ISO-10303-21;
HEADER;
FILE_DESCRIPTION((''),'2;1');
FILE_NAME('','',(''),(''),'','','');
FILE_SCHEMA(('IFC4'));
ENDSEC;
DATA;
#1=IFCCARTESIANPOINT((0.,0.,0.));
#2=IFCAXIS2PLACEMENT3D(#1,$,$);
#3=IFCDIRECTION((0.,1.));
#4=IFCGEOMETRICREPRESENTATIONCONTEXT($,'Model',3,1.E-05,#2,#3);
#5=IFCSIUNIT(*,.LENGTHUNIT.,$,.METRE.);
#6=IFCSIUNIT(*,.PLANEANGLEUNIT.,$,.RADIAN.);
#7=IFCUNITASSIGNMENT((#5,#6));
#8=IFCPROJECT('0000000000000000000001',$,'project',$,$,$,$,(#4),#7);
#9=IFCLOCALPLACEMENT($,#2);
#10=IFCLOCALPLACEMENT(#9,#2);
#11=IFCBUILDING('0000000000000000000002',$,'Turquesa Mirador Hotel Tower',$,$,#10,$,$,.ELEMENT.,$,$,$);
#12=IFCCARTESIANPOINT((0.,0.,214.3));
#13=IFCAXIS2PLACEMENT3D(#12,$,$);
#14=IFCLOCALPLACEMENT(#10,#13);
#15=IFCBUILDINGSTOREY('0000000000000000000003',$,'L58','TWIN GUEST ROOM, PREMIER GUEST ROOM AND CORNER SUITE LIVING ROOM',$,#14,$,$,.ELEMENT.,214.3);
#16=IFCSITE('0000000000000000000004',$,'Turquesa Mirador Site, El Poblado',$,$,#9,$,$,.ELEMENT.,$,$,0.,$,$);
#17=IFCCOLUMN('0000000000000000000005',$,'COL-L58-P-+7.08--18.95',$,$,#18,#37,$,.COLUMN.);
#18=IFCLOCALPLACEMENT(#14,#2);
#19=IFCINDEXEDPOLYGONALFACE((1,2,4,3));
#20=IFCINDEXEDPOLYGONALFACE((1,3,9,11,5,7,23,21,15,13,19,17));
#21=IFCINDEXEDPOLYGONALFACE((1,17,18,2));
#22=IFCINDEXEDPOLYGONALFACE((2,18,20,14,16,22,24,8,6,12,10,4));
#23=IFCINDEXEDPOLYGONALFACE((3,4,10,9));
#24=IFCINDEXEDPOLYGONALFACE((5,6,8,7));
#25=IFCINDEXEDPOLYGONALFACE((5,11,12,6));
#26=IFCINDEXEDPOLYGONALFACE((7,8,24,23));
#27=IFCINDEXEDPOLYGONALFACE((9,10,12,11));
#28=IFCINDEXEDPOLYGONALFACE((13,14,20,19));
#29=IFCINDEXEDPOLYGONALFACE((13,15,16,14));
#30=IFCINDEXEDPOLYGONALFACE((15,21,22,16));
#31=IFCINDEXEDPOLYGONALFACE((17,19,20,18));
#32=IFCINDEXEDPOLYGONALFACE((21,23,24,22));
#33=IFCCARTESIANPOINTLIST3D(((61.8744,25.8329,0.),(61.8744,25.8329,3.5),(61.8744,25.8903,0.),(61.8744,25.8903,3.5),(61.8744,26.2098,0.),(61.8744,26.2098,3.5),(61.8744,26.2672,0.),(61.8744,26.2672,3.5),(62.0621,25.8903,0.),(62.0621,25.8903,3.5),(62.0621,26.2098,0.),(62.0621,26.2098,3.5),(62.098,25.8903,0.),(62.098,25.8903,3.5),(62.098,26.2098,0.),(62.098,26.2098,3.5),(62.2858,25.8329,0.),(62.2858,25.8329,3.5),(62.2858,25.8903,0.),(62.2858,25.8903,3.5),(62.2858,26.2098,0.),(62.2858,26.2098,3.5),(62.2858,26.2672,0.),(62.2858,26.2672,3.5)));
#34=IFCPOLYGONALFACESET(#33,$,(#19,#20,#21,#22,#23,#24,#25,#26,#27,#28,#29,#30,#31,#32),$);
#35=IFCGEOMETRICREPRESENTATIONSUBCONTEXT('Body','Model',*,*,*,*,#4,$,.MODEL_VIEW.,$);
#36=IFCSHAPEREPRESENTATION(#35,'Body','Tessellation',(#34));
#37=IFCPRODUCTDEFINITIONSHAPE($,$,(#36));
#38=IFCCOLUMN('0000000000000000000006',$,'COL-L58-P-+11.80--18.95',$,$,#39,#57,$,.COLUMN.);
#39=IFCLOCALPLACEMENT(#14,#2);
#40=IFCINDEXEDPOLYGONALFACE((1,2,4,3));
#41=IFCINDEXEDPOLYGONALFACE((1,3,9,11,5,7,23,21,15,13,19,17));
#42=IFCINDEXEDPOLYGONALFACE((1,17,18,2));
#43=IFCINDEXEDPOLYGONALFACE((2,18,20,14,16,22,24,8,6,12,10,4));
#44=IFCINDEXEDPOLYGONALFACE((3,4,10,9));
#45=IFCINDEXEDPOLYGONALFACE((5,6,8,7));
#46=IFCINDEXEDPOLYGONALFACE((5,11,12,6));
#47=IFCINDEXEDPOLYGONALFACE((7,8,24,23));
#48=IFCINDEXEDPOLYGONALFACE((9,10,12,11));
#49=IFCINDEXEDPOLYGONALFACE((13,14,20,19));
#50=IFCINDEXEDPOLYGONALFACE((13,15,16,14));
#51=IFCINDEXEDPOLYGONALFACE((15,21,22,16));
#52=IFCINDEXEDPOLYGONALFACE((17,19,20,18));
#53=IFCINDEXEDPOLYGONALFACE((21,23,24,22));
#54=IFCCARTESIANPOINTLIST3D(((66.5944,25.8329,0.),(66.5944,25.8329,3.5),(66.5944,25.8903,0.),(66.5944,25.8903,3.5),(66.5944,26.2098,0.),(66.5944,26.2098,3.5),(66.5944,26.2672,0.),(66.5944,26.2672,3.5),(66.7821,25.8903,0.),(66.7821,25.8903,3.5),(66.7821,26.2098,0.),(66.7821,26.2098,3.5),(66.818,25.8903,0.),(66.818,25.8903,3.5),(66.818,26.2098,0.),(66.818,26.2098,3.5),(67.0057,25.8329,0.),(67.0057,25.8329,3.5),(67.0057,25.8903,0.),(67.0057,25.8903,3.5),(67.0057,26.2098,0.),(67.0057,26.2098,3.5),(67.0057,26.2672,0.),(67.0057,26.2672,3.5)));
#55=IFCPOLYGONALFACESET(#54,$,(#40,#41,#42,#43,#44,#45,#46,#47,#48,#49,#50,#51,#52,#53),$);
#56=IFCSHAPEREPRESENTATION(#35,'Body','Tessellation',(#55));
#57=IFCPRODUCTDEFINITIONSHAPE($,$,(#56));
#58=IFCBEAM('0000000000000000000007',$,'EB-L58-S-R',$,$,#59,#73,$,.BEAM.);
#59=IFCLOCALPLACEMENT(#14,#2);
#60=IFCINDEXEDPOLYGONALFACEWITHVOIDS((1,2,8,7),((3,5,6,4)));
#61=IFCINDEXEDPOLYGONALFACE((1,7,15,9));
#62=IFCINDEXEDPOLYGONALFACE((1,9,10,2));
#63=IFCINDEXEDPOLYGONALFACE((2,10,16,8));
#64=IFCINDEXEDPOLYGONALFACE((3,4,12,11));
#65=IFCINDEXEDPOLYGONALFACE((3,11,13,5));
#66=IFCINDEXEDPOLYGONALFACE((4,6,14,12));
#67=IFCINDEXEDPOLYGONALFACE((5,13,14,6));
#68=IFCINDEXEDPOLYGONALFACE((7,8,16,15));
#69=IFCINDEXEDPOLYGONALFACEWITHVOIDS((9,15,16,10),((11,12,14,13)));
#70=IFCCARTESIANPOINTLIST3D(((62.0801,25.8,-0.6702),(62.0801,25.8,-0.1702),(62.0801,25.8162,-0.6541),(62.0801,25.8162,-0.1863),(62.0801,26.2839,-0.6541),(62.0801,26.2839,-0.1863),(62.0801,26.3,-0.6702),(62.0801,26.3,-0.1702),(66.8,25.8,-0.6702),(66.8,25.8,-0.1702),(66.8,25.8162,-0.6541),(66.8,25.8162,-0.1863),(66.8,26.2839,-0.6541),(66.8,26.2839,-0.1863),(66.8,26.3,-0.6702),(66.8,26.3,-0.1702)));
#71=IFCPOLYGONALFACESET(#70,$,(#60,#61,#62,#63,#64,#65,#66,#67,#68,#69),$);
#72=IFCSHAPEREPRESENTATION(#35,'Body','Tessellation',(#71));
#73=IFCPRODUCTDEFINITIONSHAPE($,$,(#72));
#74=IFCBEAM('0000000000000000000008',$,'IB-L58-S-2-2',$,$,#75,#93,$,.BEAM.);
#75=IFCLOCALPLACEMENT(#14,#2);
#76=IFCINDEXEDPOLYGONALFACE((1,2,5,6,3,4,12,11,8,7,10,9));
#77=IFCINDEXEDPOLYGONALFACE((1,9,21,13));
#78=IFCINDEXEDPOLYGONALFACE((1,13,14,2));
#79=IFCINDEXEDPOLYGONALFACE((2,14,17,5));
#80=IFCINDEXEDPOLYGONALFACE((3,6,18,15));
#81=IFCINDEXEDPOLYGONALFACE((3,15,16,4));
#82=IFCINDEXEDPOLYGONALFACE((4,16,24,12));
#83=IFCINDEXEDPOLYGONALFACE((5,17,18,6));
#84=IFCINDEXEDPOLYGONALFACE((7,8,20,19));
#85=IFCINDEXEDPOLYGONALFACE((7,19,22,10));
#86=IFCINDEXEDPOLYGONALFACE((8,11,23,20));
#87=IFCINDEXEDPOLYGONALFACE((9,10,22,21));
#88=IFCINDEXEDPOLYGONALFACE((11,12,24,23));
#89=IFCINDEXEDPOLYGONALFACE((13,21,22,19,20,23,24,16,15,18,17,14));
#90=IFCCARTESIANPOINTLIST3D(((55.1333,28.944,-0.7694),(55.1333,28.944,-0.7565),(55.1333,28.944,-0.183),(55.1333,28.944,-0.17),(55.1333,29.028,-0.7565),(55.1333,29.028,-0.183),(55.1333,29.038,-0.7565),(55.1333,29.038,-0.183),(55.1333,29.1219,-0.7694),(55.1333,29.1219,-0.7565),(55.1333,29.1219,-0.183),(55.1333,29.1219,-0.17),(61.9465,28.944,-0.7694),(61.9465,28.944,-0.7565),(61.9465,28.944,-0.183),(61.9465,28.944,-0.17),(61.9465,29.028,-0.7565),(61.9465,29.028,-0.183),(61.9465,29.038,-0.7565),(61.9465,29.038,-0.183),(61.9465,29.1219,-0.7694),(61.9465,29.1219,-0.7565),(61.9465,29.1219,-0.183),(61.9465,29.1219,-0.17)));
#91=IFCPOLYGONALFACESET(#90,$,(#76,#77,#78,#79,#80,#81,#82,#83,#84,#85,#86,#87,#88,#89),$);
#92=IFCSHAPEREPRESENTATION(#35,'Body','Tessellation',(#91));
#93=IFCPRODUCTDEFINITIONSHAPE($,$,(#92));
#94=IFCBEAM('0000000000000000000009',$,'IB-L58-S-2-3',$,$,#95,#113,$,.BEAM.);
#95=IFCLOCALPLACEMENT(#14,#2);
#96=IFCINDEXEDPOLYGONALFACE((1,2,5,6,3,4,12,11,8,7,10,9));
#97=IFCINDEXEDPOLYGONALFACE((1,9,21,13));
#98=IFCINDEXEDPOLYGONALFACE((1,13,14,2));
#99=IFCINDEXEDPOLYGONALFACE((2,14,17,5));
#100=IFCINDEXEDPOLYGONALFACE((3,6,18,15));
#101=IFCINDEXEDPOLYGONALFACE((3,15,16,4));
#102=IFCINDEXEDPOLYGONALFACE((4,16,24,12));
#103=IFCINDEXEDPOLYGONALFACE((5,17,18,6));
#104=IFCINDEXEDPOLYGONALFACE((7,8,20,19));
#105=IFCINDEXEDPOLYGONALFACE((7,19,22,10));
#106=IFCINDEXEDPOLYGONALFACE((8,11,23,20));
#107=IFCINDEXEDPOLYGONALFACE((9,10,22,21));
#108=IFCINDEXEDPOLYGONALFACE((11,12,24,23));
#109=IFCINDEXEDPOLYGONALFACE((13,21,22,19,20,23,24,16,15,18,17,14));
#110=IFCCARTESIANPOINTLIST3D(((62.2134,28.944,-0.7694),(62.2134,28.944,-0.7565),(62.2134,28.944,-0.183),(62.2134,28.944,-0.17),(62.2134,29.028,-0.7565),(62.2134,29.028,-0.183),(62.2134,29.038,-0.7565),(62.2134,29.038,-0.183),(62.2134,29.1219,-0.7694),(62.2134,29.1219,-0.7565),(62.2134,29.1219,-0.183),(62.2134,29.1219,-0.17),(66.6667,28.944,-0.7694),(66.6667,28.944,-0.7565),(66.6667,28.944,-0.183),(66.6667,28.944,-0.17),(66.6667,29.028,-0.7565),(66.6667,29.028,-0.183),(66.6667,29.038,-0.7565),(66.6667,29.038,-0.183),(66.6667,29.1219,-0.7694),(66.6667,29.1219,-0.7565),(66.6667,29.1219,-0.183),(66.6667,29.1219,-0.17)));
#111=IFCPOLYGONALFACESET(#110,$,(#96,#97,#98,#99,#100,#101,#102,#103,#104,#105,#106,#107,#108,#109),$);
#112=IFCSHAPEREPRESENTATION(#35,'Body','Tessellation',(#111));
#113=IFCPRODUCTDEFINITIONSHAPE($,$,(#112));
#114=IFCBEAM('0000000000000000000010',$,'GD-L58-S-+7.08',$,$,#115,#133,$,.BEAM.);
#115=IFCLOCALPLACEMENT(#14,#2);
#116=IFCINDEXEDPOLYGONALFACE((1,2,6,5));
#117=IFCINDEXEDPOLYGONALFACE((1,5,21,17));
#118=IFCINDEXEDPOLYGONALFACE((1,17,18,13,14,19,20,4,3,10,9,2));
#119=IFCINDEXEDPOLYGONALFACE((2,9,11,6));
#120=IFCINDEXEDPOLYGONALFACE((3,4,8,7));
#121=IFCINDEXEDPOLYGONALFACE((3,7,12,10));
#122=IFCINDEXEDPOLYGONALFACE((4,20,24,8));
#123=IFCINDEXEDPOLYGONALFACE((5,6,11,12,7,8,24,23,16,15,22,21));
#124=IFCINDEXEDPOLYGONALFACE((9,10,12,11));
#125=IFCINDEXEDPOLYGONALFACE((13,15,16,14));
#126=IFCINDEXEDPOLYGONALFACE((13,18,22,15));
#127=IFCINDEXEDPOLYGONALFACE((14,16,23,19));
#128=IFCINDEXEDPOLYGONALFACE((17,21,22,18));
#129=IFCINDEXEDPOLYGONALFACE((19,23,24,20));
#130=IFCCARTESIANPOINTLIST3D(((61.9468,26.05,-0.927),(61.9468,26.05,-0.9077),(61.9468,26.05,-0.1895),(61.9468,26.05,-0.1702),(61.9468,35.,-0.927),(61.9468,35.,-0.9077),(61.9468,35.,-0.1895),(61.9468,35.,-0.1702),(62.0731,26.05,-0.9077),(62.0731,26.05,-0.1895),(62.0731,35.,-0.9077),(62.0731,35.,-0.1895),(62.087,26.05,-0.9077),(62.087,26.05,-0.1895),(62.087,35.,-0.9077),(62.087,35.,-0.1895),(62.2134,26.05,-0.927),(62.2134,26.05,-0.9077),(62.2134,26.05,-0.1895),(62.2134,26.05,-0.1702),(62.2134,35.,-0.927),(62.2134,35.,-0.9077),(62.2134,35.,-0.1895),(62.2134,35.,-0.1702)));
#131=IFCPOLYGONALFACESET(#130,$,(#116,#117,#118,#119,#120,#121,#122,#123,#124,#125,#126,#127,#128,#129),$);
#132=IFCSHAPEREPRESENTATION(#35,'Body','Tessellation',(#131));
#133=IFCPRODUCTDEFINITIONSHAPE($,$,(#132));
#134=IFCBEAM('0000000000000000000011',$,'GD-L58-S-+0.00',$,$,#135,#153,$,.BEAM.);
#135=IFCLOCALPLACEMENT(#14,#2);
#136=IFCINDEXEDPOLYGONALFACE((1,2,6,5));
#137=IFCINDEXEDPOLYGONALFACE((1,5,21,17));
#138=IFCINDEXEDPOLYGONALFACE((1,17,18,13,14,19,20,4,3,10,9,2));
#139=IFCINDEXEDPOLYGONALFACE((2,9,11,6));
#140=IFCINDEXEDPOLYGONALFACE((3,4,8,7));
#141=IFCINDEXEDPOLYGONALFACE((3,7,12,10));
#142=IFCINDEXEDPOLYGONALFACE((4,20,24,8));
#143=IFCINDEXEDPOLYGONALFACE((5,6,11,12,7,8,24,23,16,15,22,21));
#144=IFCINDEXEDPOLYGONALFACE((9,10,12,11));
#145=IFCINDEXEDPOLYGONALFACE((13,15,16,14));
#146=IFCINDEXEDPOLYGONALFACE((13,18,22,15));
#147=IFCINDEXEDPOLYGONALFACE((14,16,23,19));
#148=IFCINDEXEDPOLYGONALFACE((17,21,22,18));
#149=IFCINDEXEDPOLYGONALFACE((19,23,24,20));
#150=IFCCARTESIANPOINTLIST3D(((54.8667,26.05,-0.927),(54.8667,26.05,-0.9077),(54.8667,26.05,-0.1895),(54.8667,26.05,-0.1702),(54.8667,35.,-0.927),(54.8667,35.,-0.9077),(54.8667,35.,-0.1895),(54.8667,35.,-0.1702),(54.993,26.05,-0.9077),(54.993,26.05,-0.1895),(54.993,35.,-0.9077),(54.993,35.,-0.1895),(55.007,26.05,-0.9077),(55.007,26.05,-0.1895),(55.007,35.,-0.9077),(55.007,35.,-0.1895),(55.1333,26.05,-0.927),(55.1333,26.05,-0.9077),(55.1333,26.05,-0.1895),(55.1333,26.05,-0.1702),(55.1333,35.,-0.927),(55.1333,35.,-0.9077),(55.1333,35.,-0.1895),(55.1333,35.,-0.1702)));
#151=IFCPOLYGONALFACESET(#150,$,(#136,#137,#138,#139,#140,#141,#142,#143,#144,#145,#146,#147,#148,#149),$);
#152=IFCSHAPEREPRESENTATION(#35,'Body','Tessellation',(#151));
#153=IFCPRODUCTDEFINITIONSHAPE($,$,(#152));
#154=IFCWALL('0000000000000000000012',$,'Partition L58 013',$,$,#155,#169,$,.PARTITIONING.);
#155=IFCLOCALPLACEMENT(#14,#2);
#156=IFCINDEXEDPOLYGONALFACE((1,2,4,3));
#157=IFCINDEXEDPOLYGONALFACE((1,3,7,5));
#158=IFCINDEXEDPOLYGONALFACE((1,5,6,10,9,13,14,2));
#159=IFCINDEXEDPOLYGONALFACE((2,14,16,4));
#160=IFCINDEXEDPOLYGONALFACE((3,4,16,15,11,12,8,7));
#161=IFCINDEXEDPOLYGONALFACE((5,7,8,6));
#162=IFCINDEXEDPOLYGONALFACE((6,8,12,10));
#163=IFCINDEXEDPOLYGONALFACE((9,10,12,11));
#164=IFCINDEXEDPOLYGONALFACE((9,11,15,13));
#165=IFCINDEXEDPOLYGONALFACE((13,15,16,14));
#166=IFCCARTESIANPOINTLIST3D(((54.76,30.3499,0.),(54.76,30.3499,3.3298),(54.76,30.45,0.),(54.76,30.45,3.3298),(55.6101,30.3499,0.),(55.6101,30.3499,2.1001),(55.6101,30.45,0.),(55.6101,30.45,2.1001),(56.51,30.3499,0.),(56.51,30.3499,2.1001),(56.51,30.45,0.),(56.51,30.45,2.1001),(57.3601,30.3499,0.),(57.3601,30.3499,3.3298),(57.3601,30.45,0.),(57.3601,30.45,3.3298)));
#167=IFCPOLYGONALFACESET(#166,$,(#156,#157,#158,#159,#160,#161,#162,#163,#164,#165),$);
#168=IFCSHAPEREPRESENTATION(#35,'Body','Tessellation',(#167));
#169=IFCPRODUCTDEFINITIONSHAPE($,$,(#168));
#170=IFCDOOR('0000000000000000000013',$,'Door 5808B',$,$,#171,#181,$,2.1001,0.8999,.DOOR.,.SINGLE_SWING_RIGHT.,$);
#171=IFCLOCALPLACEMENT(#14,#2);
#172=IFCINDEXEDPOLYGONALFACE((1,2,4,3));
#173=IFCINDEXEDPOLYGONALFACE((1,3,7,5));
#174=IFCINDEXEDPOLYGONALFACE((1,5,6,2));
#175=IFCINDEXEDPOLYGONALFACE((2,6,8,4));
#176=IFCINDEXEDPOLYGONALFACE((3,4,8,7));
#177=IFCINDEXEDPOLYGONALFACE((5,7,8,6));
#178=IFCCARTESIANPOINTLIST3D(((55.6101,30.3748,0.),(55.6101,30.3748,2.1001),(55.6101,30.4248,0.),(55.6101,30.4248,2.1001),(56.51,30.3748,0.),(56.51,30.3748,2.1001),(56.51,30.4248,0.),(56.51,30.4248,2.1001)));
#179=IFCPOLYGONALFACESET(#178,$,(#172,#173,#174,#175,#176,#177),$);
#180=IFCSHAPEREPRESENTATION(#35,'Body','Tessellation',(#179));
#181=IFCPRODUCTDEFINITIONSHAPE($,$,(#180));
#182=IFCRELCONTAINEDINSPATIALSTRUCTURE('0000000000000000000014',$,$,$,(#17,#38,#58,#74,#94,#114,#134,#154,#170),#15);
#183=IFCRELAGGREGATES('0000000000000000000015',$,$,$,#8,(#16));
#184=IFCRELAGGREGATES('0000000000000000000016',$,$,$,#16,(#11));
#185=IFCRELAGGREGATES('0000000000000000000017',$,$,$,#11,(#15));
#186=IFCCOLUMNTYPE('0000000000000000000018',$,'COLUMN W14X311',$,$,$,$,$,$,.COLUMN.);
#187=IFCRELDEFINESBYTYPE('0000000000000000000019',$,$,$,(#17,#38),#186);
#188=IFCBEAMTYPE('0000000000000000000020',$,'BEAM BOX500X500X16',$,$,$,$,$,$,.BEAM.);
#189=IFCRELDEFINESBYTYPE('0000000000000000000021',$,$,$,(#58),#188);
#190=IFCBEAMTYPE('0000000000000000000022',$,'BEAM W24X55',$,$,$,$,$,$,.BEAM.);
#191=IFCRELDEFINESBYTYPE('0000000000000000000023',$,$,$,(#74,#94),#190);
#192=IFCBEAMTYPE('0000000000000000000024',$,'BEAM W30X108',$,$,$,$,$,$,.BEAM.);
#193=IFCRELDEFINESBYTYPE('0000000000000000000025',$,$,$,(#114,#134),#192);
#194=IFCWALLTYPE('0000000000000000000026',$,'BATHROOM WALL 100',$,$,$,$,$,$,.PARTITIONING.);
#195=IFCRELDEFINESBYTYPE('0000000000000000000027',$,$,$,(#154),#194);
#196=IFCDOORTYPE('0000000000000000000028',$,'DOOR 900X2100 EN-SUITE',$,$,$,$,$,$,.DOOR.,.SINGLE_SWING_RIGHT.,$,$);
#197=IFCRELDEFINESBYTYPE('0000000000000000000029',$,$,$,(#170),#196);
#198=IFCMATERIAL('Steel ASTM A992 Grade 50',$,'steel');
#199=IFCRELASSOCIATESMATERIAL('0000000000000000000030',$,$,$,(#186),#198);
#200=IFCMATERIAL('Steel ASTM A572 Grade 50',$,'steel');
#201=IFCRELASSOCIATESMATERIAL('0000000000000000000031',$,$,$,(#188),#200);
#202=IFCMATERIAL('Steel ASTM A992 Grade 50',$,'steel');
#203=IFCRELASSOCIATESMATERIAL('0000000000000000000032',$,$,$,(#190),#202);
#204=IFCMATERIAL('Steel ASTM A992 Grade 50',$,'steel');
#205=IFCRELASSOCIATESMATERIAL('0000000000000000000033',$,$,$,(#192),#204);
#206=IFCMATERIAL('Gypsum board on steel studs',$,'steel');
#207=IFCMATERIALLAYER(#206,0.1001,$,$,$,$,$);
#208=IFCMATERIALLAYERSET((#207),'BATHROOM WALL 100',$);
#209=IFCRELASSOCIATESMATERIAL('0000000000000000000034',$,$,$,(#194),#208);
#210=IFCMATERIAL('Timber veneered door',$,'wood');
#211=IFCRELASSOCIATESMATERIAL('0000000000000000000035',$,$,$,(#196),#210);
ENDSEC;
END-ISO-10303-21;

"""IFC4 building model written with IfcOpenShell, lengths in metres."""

from ifc_helpers import new_model, si_unit, direction, frame, frame_2d, origin, origin_2d, place, context, subcontext, project, spatial, rectangle, hollow_rectangle, i_section, extrude, material, layer, layer_set, material_profile, profile_set, type_object, element, fill, save


model = new_model("IFC4")

# Units and contexts
model_context = context("Model", 3, precision=1e-05, world=origin(), true_north=direction((0.0, 1.0)))
body_context = subcontext(model_context, "Body", "Model", "MODEL_VIEW")
ifc_project = project(units=[si_unit("LENGTHUNIT", "METRE"), si_unit("PLANEANGLEUNIT", "RADIAN")], contexts=[model_context])

# Site, building, storey
site_placement = place(None, origin())
site = spatial("IfcSite", under=ifc_project, at=site_placement, Name="Turquesa Mirador Site, El Poblado", CompositionType="ELEMENT", RefElevation=0.0)
building_placement = place(site_placement, origin())
building = spatial("IfcBuilding", under=site, at=building_placement, Name="Turquesa Mirador Hotel Tower", CompositionType="ELEMENT")
storey_placement = place(building_placement, frame((0.0, 0.0, 214.3)))
storey = spatial("IfcBuildingStorey", under=building, at=storey_placement, Name="L58", Description="TWIN GUEST ROOM, PREMIER GUEST ROOM AND CORNER SUITE LIVING ROOM", CompositionType="ELEMENT", Elevation=214.3)

# Columns
ifc_material_1 = material(Name="Steel ASTM A992 Grade 50", Category="steel")
ifc_material_profile_1 = material_profile(ifc_material_1, i_section(OverallWidth=0.4114, OverallDepth=0.4343, WebThickness=0.0359, FlangeThickness=0.0574, at=origin_2d()), Name="W14X311")
ifc_profile_set_1 = profile_set([ifc_material_profile_1], Name="Steel ASTM A992 Grade 50")
column_type = type_object("IfcColumnType", Name="COLUMN W14X311", PredefinedType="COLUMN", material=ifc_profile_set_1)
for number, where, z_axis, x_axis, name in (
    (1, (62.0801, 26.05, 0.0), (0.0, 0.0, 1.0), (1.0, 0.0, 0.0), "COL-L58-P-+7.08--18.95"),
    (2, (66.8, 26.05, 0.0), (0.0, 0.0, 1.0), (1.0, 0.0, 0.0), "COL-L58-P-+11.80--18.95"),
):
    element("IfcColumn", number, at=place(storey_placement, frame(where, z_axis=z_axis, x_axis=x_axis)), inside=storey, type_object=column_type, Name=name, PredefinedType="COLUMN", context=body_context, shape_type="SweptSolid", body=[
        extrude(i_section(OverallWidth=0.4114, OverallDepth=0.4343, WebThickness=0.0359, FlangeThickness=0.0574, at=origin_2d()), origin(), (0.0, 0.0, 1.0), 3.5),
    ])

# Beams
ifc_material_2 = material(Name="Steel ASTM A572 Grade 50", Category="steel")
ifc_material_profile_2 = material_profile(ifc_material_2, hollow_rectangle(XDim=0.5, YDim=0.5, WallThickness=0.0161, at=origin_2d()), Name="BOX500X500X16")
ifc_profile_set_2 = profile_set([ifc_material_profile_2], Name="Steel ASTM A572 Grade 50")
beam_type_1 = type_object("IfcBeamType", Name="BEAM BOX500X500X16", PredefinedType="BEAM", material=ifc_profile_set_2)
beam_1_placement = place(storey_placement, frame((62.0801, 26.05, -0.4202), z_axis=(1.0, 0.0, 0.0), x_axis=(0.0, 1.0, 0.0)))
element("IfcBeam", 3, at=beam_1_placement, inside=storey, type_object=beam_type_1, Name="EB-L58-S-R", PredefinedType="BEAM", context=body_context, shape_type="SweptSolid", body=[
    extrude(hollow_rectangle(XDim=0.5, YDim=0.5, WallThickness=0.0161, at=origin_2d()), origin(), (0.0, 0.0, 1.0), 4.72),
])
ifc_material_3 = material(Name="Steel ASTM A992 Grade 50", Category="steel")
ifc_material_profile_3 = material_profile(ifc_material_3, i_section(OverallWidth=0.178, OverallDepth=0.5994, WebThickness=0.01, FlangeThickness=0.0129, at=origin_2d()), Name="W24X55")
ifc_profile_set_3 = profile_set([ifc_material_profile_3], Name="Steel ASTM A992 Grade 50")
beam_type_2 = type_object("IfcBeamType", Name="BEAM W24X55", PredefinedType="BEAM", material=ifc_profile_set_3)
beam_2_placement = place(storey_placement, frame((55.1333, 29.033, -0.4697), z_axis=(1.0, 0.0, 0.0), x_axis=(0.0, 1.0, 0.0)))
element("IfcBeam", 4, at=beam_2_placement, inside=storey, type_object=beam_type_2, Name="IB-L58-S-2-2", PredefinedType="BEAM", context=body_context, shape_type="SweptSolid", body=[
    extrude(i_section(OverallWidth=0.178, OverallDepth=0.5994, WebThickness=0.01, FlangeThickness=0.0129, at=origin_2d()), origin(), (0.0, 0.0, 1.0), 6.8132),
])
beam_3_placement = place(storey_placement, frame((62.2134, 29.033, -0.4697), z_axis=(1.0, 0.0, 0.0), x_axis=(0.0, 1.0, 0.0)))
element("IfcBeam", 5, at=beam_3_placement, inside=storey, type_object=beam_type_2, Name="IB-L58-S-2-3", PredefinedType="BEAM", context=body_context, shape_type="SweptSolid", body=[
    extrude(i_section(OverallWidth=0.178, OverallDepth=0.5994, WebThickness=0.01, FlangeThickness=0.0129, at=origin_2d()), origin(), (0.0, 0.0, 1.0), 4.4534),
])
ifc_material_4 = material(Name="Steel ASTM A992 Grade 50", Category="steel")
ifc_material_profile_4 = material_profile(ifc_material_4, i_section(OverallWidth=0.2666, OverallDepth=0.7568, WebThickness=0.0139, FlangeThickness=0.0193, at=origin_2d()), Name="W30X108")
ifc_profile_set_4 = profile_set([ifc_material_profile_4], Name="Steel ASTM A992 Grade 50")
beam_type_3 = type_object("IfcBeamType", Name="BEAM W30X108", PredefinedType="BEAM", material=ifc_profile_set_4)
for number, where, z_axis, x_axis, name in (
    (6, (62.0801, 26.05, -0.5486), (0.0, 1.0, 0.0), (-1.0, 0.0, 0.0), "GD-L58-S-+7.08"),
    (7, (55.0, 26.05, -0.5486), (0.0, 1.0, 0.0), (-1.0, 0.0, 0.0), "GD-L58-S-+0.00"),
):
    element("IfcBeam", number, at=place(storey_placement, frame(where, z_axis=z_axis, x_axis=x_axis)), inside=storey, type_object=beam_type_3, Name=name, PredefinedType="BEAM", context=body_context, shape_type="SweptSolid", body=[
        extrude(i_section(OverallWidth=0.2666, OverallDepth=0.7568, WebThickness=0.0139, FlangeThickness=0.0193, at=origin_2d()), origin(), (0.0, 0.0, 1.0), 8.95),
    ])

# Wall, opening, door
ifc_material_5 = material(Name="Gypsum board on steel studs", Category="steel")
ifc_layer_1 = layer(ifc_material_5, 0.1001)
ifc_layer_set_1 = layer_set([ifc_layer_1], Name="BATHROOM WALL 100")
wall_type_1 = type_object("IfcWallType", Name="BATHROOM WALL 100", PredefinedType="PARTITIONING", material=ifc_layer_set_1)
wall_1_placement = place(storey_placement, frame((54.76, 30.3999, 0.0), z_axis=(0.0, 0.0, 1.0), x_axis=(1.0, 0.0, 0.0)))
wall_1 = element("IfcWall", 8, at=wall_1_placement, inside=storey, type_object=wall_type_1, Name="Partition L58 013", PredefinedType="PARTITIONING", context=body_context, shape_type="SweptSolid", body=[
    extrude(rectangle(XDim=2.6001, YDim=0.1001, at=frame_2d((1.3, 0.0))), origin(), (0.0, 0.0, 1.0), 3.3298),
])
opening_1_placement = place(wall_1_placement, frame((0.8501, 0.0, 0.0)))
opening_1 = element("IfcOpeningElement", 9, at=opening_1_placement, cuts=wall_1, PredefinedType="OPENING", context=body_context, shape_type="SweptSolid", body=[
    extrude(rectangle(XDim=0.8999, YDim=2.1001, at=frame_2d((0.45, 1.05))), frame((0.0, 0.0601, 0.0), z_axis=(0.0, -1.0, 0.0), x_axis=(1.0, 0.0, 0.0)), (0.0, 0.0, 1.0), 0.1201),
])
ifc_material_6 = material(Name="Timber veneered door", Category="wood")
door_type = type_object("IfcDoorType", Name="DOOR 900X2100 EN-SUITE", OperationType="SINGLE_SWING_RIGHT", PredefinedType="DOOR", material=ifc_material_6)
door_1_placement = place(opening_1_placement, origin())
door_1 = element("IfcDoor", 10, at=door_1_placement, inside=storey, type_object=door_type, Name="Door 5808B", OperationType="SINGLE_SWING_RIGHT", OverallHeight=2.1001, OverallWidth=0.8999, PredefinedType="DOOR", context=body_context, shape_type="SweptSolid", body=[
    extrude(rectangle(XDim=0.8999, YDim=2.1001, at=frame_2d((0.45, 1.05))), frame((0.0, 0.0249, 0.0), z_axis=(0.0, -1.0, 0.0), x_axis=(1.0, 0.0, 0.0)), (0.0, 0.0, 1.0), 0.05),
])
fill(opening_1, door_1)

save(model, "model.ifc")
